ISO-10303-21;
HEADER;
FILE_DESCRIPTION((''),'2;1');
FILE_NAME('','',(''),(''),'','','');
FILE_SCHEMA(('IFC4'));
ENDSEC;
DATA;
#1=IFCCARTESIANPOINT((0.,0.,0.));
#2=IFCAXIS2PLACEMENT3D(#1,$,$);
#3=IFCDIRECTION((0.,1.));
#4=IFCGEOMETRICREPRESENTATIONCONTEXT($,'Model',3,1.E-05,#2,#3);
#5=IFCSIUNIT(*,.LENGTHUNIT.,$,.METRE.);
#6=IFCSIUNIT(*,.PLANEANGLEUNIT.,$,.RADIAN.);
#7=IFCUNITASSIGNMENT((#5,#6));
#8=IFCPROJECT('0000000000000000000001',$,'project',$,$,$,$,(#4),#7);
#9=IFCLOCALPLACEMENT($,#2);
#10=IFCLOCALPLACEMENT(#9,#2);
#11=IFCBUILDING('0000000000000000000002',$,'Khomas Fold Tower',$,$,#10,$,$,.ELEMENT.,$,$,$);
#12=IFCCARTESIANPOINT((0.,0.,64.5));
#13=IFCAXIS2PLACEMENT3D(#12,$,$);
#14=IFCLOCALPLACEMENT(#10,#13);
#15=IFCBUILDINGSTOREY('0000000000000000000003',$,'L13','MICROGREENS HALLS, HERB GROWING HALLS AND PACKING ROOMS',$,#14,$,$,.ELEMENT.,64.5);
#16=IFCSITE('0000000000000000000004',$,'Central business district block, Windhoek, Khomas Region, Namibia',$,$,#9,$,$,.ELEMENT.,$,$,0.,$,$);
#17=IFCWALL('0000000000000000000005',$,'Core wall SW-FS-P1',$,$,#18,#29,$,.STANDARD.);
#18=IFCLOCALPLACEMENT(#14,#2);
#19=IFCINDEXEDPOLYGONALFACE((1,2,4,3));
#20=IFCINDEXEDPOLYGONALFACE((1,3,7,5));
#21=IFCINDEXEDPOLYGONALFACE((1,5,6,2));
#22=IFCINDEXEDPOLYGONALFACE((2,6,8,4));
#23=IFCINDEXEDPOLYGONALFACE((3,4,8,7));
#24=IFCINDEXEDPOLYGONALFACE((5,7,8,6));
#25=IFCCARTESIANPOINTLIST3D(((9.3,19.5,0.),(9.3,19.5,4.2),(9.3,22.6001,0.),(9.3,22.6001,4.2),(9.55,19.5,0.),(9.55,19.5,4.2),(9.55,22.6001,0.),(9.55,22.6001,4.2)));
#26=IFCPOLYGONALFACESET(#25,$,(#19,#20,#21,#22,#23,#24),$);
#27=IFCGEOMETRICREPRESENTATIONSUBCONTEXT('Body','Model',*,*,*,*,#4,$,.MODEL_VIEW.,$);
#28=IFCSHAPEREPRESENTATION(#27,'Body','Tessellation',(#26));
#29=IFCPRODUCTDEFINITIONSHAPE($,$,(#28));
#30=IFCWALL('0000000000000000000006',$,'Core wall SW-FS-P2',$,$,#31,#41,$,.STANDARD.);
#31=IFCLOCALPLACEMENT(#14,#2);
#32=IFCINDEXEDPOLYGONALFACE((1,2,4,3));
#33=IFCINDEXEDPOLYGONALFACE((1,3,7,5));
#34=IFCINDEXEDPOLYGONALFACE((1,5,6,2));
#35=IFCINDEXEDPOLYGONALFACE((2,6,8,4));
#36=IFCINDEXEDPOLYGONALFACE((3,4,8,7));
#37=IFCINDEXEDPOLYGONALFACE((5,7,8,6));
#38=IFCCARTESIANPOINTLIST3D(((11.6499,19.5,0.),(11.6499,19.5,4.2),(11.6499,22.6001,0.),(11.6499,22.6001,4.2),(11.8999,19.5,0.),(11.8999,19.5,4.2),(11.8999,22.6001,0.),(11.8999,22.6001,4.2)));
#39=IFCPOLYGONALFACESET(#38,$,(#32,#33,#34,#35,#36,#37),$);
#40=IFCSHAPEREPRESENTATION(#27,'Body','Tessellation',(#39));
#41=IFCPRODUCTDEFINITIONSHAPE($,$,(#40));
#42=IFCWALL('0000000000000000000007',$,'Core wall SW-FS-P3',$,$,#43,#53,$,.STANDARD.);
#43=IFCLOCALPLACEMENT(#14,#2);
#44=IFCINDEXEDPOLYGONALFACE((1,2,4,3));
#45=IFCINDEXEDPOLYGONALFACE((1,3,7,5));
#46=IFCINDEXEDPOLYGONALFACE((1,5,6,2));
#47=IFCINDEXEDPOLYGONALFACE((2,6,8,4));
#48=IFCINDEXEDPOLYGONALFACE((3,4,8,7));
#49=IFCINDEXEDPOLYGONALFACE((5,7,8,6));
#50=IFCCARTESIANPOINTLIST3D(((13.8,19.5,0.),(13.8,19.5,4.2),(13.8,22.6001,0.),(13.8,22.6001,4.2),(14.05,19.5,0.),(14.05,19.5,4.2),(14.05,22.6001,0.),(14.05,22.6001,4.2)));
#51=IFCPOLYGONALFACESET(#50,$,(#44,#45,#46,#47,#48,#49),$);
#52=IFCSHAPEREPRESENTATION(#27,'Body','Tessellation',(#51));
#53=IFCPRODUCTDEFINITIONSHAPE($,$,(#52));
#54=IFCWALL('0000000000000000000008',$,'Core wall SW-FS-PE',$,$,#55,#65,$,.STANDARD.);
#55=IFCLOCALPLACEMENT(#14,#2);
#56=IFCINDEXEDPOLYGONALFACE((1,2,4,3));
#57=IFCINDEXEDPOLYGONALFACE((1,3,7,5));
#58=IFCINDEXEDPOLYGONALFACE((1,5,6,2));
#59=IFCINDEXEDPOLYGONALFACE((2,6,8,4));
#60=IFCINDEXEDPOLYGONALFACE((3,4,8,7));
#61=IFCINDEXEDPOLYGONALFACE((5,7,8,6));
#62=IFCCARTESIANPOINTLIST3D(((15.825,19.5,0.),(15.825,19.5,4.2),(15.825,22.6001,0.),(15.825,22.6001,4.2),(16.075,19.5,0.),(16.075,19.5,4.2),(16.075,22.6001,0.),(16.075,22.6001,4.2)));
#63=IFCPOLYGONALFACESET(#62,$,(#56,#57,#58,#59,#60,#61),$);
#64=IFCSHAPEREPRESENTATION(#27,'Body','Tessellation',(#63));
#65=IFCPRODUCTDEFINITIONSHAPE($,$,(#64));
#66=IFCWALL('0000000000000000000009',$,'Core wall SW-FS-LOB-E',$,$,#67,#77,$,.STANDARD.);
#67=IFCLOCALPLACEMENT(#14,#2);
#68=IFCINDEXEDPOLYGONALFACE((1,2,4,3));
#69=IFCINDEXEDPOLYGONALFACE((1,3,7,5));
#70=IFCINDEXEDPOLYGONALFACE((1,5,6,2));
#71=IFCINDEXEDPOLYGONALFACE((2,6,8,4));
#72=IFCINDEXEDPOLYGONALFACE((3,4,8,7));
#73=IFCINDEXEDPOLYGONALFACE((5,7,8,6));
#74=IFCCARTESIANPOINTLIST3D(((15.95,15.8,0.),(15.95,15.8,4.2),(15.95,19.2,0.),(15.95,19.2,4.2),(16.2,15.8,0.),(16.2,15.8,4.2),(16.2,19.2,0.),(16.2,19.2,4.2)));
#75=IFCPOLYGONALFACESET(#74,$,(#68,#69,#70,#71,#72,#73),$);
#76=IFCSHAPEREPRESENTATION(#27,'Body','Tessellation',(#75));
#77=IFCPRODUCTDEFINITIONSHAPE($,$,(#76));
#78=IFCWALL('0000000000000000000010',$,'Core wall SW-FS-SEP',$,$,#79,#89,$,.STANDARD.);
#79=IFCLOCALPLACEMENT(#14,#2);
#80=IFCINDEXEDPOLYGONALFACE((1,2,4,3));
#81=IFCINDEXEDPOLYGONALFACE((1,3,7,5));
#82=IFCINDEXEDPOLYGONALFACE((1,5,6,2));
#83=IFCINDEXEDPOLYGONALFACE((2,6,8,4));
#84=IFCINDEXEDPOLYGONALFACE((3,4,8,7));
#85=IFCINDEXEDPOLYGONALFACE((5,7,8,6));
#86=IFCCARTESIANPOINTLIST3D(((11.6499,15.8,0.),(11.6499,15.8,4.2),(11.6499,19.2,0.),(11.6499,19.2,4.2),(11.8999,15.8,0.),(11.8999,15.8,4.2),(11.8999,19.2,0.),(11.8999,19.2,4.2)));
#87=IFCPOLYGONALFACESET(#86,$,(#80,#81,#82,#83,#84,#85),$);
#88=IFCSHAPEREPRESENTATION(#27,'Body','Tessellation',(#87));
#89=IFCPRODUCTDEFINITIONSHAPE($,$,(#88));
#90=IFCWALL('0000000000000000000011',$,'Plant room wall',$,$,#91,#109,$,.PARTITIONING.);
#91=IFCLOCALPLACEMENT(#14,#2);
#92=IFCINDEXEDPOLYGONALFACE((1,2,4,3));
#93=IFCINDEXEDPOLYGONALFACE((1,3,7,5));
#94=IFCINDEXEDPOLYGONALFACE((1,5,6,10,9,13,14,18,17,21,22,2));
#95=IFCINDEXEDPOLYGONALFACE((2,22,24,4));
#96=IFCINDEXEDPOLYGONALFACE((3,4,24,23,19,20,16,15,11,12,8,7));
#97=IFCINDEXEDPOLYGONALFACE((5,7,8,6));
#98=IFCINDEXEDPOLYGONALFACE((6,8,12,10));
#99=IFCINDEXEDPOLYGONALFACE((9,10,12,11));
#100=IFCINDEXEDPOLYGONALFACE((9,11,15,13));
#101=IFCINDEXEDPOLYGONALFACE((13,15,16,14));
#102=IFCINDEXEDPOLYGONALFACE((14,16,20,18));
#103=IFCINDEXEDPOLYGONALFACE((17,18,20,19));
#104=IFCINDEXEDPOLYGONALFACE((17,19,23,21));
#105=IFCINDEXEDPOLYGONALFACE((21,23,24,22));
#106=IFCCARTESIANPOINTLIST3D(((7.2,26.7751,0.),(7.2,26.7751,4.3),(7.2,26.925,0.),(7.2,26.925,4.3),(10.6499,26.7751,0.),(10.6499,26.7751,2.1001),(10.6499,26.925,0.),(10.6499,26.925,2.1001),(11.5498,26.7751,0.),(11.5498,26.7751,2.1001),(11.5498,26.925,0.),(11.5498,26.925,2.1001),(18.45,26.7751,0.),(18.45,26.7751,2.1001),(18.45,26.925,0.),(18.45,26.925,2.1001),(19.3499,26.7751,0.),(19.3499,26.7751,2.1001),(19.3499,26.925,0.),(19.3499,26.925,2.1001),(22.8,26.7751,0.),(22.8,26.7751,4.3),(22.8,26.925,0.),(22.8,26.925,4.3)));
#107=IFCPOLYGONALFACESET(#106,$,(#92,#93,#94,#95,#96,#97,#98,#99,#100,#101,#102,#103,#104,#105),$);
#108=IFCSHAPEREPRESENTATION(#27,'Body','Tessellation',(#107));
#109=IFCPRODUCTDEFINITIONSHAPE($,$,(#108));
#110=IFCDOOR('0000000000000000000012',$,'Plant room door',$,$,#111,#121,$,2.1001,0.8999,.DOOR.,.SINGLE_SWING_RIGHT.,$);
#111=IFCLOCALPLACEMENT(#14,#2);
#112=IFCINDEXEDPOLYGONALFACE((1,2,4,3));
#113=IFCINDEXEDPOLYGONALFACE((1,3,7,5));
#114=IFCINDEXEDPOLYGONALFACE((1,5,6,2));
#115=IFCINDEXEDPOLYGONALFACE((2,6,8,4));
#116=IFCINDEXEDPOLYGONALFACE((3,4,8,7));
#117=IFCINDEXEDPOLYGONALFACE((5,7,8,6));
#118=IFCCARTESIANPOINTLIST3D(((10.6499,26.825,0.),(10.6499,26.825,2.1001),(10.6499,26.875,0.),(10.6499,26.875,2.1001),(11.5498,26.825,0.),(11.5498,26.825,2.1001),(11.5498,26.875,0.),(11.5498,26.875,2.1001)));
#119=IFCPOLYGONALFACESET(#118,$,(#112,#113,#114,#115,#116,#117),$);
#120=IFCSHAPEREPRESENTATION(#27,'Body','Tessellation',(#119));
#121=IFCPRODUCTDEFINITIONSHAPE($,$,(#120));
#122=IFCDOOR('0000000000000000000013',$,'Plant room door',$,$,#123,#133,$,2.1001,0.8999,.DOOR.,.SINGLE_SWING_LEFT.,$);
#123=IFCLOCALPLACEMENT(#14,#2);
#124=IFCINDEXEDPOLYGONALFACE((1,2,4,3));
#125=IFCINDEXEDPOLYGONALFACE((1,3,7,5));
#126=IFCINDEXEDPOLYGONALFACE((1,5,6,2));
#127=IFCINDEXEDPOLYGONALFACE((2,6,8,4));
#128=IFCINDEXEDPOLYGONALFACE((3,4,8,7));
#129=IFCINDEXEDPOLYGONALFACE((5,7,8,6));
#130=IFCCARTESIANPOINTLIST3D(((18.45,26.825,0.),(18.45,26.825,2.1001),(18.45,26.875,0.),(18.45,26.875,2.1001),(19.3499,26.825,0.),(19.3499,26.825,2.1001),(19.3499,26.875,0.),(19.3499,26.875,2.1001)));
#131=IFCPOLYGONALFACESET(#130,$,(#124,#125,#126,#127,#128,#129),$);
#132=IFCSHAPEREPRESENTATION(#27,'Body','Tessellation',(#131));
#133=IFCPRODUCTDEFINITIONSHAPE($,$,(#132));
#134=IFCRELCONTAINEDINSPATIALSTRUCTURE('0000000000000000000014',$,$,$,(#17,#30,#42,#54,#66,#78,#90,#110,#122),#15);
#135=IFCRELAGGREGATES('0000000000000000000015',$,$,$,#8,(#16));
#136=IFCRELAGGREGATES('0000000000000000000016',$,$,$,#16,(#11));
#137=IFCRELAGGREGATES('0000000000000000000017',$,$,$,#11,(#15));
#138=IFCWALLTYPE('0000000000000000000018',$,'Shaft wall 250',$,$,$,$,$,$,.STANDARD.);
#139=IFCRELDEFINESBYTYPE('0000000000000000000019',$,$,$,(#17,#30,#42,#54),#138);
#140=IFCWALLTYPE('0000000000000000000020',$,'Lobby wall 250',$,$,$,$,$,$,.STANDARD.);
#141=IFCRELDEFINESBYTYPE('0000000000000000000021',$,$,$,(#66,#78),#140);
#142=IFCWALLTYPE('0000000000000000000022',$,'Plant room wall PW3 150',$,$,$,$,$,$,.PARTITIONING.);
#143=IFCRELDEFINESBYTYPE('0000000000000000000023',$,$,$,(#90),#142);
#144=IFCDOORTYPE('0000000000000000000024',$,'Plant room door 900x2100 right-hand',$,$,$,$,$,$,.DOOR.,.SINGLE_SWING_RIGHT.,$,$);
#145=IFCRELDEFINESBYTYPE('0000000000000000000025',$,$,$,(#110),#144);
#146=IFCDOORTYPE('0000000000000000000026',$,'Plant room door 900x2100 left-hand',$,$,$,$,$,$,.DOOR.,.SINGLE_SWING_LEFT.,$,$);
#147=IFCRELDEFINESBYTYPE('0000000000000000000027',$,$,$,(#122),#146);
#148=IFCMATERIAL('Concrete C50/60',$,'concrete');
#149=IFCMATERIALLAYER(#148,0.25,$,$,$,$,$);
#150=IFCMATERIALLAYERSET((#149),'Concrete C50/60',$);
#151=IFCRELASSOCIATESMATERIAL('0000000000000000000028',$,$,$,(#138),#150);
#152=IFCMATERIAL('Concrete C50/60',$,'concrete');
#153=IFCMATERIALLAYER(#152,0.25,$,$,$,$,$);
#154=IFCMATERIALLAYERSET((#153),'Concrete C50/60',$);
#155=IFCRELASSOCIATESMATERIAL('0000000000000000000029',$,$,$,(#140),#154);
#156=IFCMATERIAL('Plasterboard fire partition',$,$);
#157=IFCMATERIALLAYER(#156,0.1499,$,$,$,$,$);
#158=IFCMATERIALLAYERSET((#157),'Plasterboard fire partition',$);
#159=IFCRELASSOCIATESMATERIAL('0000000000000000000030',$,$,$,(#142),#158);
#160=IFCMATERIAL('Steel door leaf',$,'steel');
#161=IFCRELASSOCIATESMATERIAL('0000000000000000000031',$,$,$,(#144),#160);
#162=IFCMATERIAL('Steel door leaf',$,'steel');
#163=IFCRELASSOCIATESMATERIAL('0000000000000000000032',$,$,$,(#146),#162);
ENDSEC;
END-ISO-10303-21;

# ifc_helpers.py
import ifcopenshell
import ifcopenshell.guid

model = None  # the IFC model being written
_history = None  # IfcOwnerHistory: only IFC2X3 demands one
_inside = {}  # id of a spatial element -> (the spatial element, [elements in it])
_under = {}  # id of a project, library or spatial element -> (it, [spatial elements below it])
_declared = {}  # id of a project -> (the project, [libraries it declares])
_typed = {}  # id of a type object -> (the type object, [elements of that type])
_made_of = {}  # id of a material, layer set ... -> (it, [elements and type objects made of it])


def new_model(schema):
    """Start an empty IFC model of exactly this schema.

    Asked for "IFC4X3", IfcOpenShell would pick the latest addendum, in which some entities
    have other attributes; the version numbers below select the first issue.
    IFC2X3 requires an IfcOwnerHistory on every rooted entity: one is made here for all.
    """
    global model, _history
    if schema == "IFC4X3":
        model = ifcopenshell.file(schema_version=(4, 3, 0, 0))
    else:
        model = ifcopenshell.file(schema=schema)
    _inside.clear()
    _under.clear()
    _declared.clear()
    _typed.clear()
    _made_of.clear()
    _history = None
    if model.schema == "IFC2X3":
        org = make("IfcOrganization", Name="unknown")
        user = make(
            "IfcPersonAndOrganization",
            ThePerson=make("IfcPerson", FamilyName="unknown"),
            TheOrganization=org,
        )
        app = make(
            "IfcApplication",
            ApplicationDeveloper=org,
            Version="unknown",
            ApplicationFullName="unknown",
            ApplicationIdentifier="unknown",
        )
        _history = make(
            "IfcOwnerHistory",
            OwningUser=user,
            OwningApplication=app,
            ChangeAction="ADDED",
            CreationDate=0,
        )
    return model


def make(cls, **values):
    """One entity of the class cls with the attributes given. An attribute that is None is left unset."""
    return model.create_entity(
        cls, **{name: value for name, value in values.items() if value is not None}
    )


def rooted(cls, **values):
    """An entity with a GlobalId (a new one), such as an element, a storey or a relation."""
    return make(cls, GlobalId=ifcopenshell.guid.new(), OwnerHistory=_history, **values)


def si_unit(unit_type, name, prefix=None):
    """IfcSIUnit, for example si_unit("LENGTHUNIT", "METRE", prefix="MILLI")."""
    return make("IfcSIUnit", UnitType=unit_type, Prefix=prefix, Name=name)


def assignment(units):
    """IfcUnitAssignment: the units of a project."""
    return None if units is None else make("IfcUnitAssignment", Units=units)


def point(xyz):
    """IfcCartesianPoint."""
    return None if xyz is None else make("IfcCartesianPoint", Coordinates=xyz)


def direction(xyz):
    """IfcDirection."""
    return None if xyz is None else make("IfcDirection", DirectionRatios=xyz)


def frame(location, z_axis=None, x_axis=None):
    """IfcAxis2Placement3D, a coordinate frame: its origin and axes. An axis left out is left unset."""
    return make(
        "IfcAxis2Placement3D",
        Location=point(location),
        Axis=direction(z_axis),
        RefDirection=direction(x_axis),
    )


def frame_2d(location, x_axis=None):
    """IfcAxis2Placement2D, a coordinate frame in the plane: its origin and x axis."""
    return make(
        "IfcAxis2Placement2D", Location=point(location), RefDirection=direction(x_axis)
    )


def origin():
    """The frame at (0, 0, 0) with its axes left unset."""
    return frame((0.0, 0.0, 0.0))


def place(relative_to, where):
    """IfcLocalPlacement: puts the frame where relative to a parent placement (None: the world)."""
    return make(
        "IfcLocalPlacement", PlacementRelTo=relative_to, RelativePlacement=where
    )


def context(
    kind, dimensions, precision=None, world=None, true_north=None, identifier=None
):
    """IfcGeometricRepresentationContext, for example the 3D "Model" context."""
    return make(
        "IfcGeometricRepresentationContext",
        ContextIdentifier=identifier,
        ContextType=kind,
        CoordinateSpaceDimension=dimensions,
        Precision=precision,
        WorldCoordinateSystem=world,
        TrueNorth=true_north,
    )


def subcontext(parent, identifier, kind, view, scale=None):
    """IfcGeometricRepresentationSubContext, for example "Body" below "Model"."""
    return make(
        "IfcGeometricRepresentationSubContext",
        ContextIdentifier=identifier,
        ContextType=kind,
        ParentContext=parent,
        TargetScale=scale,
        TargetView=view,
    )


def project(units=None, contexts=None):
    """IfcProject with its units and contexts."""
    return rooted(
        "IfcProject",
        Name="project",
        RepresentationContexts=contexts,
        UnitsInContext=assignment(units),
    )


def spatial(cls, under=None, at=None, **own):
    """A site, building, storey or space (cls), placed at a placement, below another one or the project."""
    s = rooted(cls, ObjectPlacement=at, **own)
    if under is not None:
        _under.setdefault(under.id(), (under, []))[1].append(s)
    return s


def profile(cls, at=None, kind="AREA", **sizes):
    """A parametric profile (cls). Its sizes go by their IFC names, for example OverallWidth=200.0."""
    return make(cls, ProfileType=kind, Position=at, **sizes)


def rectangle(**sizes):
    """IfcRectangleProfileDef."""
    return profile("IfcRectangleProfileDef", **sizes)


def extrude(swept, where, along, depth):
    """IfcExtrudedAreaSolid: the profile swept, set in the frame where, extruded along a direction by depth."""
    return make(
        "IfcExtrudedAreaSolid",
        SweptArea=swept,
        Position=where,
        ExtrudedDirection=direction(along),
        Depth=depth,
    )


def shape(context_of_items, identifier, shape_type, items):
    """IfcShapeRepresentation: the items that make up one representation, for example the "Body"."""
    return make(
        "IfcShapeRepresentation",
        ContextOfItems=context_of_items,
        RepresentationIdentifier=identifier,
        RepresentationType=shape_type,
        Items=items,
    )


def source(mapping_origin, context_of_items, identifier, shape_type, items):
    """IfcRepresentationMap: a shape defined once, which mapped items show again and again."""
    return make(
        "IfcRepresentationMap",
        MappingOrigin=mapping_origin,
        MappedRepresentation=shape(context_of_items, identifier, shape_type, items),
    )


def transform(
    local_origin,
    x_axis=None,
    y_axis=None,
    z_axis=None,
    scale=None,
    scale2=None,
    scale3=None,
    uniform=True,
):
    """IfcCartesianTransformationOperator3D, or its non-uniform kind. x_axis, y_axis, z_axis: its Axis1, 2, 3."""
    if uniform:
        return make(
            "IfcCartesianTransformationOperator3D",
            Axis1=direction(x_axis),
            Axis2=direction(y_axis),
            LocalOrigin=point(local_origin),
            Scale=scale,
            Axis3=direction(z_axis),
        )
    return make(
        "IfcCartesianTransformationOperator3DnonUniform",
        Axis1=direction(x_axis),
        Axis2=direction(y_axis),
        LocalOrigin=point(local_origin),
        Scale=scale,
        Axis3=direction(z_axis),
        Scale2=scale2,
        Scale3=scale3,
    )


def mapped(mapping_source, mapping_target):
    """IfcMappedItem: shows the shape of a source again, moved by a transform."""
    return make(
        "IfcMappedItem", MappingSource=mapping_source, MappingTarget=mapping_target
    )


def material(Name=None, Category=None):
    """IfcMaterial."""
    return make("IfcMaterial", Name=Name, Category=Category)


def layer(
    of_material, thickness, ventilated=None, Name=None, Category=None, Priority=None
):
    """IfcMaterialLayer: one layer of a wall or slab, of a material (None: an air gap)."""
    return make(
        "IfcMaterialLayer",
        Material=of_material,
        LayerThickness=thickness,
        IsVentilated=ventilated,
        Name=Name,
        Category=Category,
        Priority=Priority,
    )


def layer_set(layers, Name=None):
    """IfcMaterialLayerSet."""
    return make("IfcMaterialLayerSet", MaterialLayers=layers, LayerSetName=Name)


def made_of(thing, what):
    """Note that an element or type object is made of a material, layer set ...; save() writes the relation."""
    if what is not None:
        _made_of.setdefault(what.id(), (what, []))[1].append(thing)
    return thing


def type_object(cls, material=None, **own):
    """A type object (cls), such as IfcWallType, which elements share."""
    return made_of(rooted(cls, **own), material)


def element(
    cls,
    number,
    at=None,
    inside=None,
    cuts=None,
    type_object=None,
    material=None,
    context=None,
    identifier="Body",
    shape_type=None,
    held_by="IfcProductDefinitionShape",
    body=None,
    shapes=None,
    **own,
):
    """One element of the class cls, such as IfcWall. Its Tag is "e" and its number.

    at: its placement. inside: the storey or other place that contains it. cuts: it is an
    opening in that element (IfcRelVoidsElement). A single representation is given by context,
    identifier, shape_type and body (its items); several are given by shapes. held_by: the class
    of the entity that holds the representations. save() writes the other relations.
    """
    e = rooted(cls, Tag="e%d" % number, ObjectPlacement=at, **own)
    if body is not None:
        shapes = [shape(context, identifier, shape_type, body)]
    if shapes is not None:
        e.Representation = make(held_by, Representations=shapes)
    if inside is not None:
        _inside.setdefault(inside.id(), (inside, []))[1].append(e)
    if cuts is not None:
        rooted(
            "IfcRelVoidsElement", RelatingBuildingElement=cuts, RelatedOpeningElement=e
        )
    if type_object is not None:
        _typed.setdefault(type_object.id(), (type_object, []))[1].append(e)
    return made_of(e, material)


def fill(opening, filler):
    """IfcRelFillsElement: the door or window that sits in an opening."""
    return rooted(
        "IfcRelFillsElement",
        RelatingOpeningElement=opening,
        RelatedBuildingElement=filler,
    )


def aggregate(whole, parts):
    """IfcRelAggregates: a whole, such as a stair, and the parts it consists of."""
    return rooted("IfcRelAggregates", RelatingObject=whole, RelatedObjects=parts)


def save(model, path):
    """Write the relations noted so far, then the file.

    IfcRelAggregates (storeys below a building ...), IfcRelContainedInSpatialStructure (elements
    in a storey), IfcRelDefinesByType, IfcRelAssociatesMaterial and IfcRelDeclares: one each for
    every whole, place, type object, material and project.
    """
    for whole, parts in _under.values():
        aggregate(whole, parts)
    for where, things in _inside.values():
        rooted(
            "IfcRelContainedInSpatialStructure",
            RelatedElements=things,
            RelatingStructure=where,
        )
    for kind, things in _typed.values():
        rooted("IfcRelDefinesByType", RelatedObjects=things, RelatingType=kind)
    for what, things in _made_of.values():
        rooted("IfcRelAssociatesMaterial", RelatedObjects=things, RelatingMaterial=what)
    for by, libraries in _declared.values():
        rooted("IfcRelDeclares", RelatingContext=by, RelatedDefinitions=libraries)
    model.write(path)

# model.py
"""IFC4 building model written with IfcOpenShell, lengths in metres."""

from ifc_helpers import new_model, si_unit, direction, frame, frame_2d, origin, place, context, subcontext, project, spatial, rectangle, extrude, source, transform, mapped, material, layer, layer_set, type_object, element, fill, save


model = new_model("IFC4")

# Units and contexts
model_context = context("Model", 3, precision=1e-05, world=origin(), true_north=direction((0.0, 1.0)))
body_context = subcontext(model_context, "Body", "Model", "MODEL_VIEW")
ifc_project = project(units=[si_unit("LENGTHUNIT", "METRE"), si_unit("PLANEANGLEUNIT", "RADIAN")], contexts=[model_context])

# Site, building, storey
site_placement = place(None, origin())
site = spatial("IfcSite", under=ifc_project, at=site_placement, Name="Central business district block, Windhoek, Khomas Region, Namibia", CompositionType="ELEMENT", RefElevation=0.0)
building_placement = place(site_placement, origin())
building = spatial("IfcBuilding", under=site, at=building_placement, Name="Khomas Fold Tower", CompositionType="ELEMENT")
storey_placement = place(building_placement, frame((0.0, 0.0, 64.5)))
storey = spatial("IfcBuildingStorey", under=building, at=storey_placement, Name="L13", Description="MICROGREENS HALLS, HERB GROWING HALLS AND PACKING ROOMS", CompositionType="ELEMENT", Elevation=64.5)

# Walls
ifc_material_1 = material(Name="Concrete C50/60", Category="concrete")
ifc_layer_1 = layer(ifc_material_1, 0.25)
ifc_layer_set_1 = layer_set([ifc_layer_1], Name="Concrete C50/60")
wall_type_1 = type_object("IfcWallType", Name="Shaft wall 250", PredefinedType="STANDARD", material=ifc_layer_set_1)
shared_shape_1 = source(origin(), body_context, "Body", "SweptSolid", [
    extrude(rectangle(XDim=3.1001, YDim=0.25, at=frame_2d((1.55, 0.0))), origin(), (0.0, 0.0, 1.0), 4.2),
])
for number, where, z_axis, x_axis, name in (
    (1, (9.425, 19.5, 0.0), (0.0, 0.0, 1.0), (0.0, 1.0, 0.0), "Core wall SW-FS-P1"),
    (2, (11.7749, 19.5, 0.0), (0.0, 0.0, 1.0), (0.0, 1.0, 0.0), "Core wall SW-FS-P2"),
    (3, (13.925, 19.5, 0.0), (0.0, 0.0, 1.0), (0.0, 1.0, 0.0), "Core wall SW-FS-P3"),
    (4, (15.95, 19.5, 0.0), (0.0, 0.0, 1.0), (0.0, 1.0, 0.0), "Core wall SW-FS-PE"),
):
    element("IfcWall", number, at=place(storey_placement, frame(where, z_axis=z_axis, x_axis=x_axis)), inside=storey, type_object=wall_type_1, Name=name, PredefinedType="STANDARD", context=body_context, shape_type="MappedRepresentation", body=[
        mapped(shared_shape_1, transform((0.0, 0.0, 0.0))),
    ])
ifc_material_2 = material(Name="Concrete C50/60", Category="concrete")
ifc_layer_2 = layer(ifc_material_2, 0.25)
ifc_layer_set_2 = layer_set([ifc_layer_2], Name="Concrete C50/60")
wall_type_2 = type_object("IfcWallType", Name="Lobby wall 250", PredefinedType="STANDARD", material=ifc_layer_set_2)
shared_shape_2 = source(origin(), body_context, "Body", "SweptSolid", [
    extrude(rectangle(XDim=3.3999, YDim=0.25, at=frame_2d((1.7, 0.0))), origin(), (0.0, 0.0, 1.0), 4.2),
])
for number, where, z_axis, x_axis, name in (
    (5, (16.075, 15.8, 0.0), (0.0, 0.0, 1.0), (0.0, 1.0, 0.0), "Core wall SW-FS-LOB-E"),
    (6, (11.7749, 15.8, 0.0), (0.0, 0.0, 1.0), (0.0, 1.0, 0.0), "Core wall SW-FS-SEP"),
):
    element("IfcWall", number, at=place(storey_placement, frame(where, z_axis=z_axis, x_axis=x_axis)), inside=storey, type_object=wall_type_2, Name=name, PredefinedType="STANDARD", context=body_context, shape_type="MappedRepresentation", body=[
        mapped(shared_shape_2, transform((0.0, 0.0, 0.0))),
    ])

# Wall, openings, doors
ifc_material_3 = material(Name="Plasterboard fire partition")
ifc_layer_3 = layer(ifc_material_3, 0.1499)
ifc_layer_set_3 = layer_set([ifc_layer_3], Name="Plasterboard fire partition")
wall_type_3 = type_object("IfcWallType", Name="Plant room wall PW3 150", PredefinedType="PARTITIONING", material=ifc_layer_set_3)
shared_shape_3 = source(origin(), body_context, "Body", "SweptSolid", [
    extrude(rectangle(XDim=15.6001, YDim=0.1499, at=frame_2d((7.8, 0.0))), origin(), (0.0, 0.0, 1.0), 4.3),
])
wall_1_placement = place(storey_placement, frame((7.2, 26.8501, 0.0), z_axis=(0.0, 0.0, 1.0), x_axis=(1.0, 0.0, 0.0)))
wall_1 = element("IfcWall", 7, at=wall_1_placement, inside=storey, type_object=wall_type_3, Name="Plant room wall", PredefinedType="PARTITIONING", context=body_context, shape_type="MappedRepresentation", body=[
    mapped(shared_shape_3, transform((0.0, 0.0, 0.0))),
])
shared_shape_4 = source(origin(), body_context, "Body", "SweptSolid", [
    extrude(rectangle(XDim=0.8999, YDim=2.1001, at=frame_2d((0.45, 1.05))), frame((0.0, 0.085, 0.0), z_axis=(0.0, -1.0, 0.0), x_axis=(1.0, 0.0, 0.0)), (0.0, 0.0, 1.0), 0.1699),
])
opening_1_placement = place(wall_1_placement, frame((3.45, 0.0, 0.0)))
opening_1 = element("IfcOpeningElement", 8, at=opening_1_placement, cuts=wall_1, PredefinedType="OPENING", context=body_context, shape_type="MappedRepresentation", body=[
    mapped(shared_shape_4, transform((0.0, 0.0, 0.0))),
])
opening_2_placement = place(wall_1_placement, frame((11.25, 0.0, 0.0)))
opening_2 = element("IfcOpeningElement", 9, at=opening_2_placement, cuts=wall_1, PredefinedType="OPENING", context=body_context, shape_type="MappedRepresentation", body=[
    mapped(shared_shape_4, transform((0.0, 0.0, 0.0))),
])
ifc_material_4 = material(Name="Steel door leaf", Category="steel")
door_type_1 = type_object("IfcDoorType", Name="Plant room door 900x2100 right-hand", OperationType="SINGLE_SWING_RIGHT", PredefinedType="DOOR", material=ifc_material_4)
shared_shape_5 = source(origin(), body_context, "Body", "SweptSolid", [
    extrude(rectangle(XDim=0.8999, YDim=2.1001, at=frame_2d((0.45, 1.05))), frame((0.0, 0.0249, 0.0), z_axis=(0.0, -1.0, 0.0), x_axis=(1.0, 0.0, 0.0)), (0.0, 0.0, 1.0), 0.05),
])
door_1_placement = place(opening_1_placement, origin())
door_1 = element("IfcDoor", 10, at=door_1_placement, inside=storey, type_object=door_type_1, Name="Plant room door", OperationType="SINGLE_SWING_RIGHT", OverallHeight=2.1001, OverallWidth=0.8999, PredefinedType="DOOR", context=body_context, shape_type="MappedRepresentation", body=[
    mapped(shared_shape_5, transform((0.0, 0.0, 0.0))),
])
fill(opening_1, door_1)
ifc_material_5 = material(Name="Steel door leaf", Category="steel")
door_type_2 = type_object("IfcDoorType", Name="Plant room door 900x2100 left-hand", OperationType="SINGLE_SWING_LEFT", PredefinedType="DOOR", material=ifc_material_5)
door_2_placement = place(opening_2_placement, origin())
door_2 = element("IfcDoor", 11, at=door_2_placement, inside=storey, type_object=door_type_2, Name="Plant room door", OperationType="SINGLE_SWING_LEFT", OverallHeight=2.1001, OverallWidth=0.8999, PredefinedType="DOOR", context=body_context, shape_type="MappedRepresentation", body=[
    mapped(shared_shape_5, transform((0.0, 0.0, 0.0))),
])
fill(opening_2, door_2)

save(model, "model.ifc")
